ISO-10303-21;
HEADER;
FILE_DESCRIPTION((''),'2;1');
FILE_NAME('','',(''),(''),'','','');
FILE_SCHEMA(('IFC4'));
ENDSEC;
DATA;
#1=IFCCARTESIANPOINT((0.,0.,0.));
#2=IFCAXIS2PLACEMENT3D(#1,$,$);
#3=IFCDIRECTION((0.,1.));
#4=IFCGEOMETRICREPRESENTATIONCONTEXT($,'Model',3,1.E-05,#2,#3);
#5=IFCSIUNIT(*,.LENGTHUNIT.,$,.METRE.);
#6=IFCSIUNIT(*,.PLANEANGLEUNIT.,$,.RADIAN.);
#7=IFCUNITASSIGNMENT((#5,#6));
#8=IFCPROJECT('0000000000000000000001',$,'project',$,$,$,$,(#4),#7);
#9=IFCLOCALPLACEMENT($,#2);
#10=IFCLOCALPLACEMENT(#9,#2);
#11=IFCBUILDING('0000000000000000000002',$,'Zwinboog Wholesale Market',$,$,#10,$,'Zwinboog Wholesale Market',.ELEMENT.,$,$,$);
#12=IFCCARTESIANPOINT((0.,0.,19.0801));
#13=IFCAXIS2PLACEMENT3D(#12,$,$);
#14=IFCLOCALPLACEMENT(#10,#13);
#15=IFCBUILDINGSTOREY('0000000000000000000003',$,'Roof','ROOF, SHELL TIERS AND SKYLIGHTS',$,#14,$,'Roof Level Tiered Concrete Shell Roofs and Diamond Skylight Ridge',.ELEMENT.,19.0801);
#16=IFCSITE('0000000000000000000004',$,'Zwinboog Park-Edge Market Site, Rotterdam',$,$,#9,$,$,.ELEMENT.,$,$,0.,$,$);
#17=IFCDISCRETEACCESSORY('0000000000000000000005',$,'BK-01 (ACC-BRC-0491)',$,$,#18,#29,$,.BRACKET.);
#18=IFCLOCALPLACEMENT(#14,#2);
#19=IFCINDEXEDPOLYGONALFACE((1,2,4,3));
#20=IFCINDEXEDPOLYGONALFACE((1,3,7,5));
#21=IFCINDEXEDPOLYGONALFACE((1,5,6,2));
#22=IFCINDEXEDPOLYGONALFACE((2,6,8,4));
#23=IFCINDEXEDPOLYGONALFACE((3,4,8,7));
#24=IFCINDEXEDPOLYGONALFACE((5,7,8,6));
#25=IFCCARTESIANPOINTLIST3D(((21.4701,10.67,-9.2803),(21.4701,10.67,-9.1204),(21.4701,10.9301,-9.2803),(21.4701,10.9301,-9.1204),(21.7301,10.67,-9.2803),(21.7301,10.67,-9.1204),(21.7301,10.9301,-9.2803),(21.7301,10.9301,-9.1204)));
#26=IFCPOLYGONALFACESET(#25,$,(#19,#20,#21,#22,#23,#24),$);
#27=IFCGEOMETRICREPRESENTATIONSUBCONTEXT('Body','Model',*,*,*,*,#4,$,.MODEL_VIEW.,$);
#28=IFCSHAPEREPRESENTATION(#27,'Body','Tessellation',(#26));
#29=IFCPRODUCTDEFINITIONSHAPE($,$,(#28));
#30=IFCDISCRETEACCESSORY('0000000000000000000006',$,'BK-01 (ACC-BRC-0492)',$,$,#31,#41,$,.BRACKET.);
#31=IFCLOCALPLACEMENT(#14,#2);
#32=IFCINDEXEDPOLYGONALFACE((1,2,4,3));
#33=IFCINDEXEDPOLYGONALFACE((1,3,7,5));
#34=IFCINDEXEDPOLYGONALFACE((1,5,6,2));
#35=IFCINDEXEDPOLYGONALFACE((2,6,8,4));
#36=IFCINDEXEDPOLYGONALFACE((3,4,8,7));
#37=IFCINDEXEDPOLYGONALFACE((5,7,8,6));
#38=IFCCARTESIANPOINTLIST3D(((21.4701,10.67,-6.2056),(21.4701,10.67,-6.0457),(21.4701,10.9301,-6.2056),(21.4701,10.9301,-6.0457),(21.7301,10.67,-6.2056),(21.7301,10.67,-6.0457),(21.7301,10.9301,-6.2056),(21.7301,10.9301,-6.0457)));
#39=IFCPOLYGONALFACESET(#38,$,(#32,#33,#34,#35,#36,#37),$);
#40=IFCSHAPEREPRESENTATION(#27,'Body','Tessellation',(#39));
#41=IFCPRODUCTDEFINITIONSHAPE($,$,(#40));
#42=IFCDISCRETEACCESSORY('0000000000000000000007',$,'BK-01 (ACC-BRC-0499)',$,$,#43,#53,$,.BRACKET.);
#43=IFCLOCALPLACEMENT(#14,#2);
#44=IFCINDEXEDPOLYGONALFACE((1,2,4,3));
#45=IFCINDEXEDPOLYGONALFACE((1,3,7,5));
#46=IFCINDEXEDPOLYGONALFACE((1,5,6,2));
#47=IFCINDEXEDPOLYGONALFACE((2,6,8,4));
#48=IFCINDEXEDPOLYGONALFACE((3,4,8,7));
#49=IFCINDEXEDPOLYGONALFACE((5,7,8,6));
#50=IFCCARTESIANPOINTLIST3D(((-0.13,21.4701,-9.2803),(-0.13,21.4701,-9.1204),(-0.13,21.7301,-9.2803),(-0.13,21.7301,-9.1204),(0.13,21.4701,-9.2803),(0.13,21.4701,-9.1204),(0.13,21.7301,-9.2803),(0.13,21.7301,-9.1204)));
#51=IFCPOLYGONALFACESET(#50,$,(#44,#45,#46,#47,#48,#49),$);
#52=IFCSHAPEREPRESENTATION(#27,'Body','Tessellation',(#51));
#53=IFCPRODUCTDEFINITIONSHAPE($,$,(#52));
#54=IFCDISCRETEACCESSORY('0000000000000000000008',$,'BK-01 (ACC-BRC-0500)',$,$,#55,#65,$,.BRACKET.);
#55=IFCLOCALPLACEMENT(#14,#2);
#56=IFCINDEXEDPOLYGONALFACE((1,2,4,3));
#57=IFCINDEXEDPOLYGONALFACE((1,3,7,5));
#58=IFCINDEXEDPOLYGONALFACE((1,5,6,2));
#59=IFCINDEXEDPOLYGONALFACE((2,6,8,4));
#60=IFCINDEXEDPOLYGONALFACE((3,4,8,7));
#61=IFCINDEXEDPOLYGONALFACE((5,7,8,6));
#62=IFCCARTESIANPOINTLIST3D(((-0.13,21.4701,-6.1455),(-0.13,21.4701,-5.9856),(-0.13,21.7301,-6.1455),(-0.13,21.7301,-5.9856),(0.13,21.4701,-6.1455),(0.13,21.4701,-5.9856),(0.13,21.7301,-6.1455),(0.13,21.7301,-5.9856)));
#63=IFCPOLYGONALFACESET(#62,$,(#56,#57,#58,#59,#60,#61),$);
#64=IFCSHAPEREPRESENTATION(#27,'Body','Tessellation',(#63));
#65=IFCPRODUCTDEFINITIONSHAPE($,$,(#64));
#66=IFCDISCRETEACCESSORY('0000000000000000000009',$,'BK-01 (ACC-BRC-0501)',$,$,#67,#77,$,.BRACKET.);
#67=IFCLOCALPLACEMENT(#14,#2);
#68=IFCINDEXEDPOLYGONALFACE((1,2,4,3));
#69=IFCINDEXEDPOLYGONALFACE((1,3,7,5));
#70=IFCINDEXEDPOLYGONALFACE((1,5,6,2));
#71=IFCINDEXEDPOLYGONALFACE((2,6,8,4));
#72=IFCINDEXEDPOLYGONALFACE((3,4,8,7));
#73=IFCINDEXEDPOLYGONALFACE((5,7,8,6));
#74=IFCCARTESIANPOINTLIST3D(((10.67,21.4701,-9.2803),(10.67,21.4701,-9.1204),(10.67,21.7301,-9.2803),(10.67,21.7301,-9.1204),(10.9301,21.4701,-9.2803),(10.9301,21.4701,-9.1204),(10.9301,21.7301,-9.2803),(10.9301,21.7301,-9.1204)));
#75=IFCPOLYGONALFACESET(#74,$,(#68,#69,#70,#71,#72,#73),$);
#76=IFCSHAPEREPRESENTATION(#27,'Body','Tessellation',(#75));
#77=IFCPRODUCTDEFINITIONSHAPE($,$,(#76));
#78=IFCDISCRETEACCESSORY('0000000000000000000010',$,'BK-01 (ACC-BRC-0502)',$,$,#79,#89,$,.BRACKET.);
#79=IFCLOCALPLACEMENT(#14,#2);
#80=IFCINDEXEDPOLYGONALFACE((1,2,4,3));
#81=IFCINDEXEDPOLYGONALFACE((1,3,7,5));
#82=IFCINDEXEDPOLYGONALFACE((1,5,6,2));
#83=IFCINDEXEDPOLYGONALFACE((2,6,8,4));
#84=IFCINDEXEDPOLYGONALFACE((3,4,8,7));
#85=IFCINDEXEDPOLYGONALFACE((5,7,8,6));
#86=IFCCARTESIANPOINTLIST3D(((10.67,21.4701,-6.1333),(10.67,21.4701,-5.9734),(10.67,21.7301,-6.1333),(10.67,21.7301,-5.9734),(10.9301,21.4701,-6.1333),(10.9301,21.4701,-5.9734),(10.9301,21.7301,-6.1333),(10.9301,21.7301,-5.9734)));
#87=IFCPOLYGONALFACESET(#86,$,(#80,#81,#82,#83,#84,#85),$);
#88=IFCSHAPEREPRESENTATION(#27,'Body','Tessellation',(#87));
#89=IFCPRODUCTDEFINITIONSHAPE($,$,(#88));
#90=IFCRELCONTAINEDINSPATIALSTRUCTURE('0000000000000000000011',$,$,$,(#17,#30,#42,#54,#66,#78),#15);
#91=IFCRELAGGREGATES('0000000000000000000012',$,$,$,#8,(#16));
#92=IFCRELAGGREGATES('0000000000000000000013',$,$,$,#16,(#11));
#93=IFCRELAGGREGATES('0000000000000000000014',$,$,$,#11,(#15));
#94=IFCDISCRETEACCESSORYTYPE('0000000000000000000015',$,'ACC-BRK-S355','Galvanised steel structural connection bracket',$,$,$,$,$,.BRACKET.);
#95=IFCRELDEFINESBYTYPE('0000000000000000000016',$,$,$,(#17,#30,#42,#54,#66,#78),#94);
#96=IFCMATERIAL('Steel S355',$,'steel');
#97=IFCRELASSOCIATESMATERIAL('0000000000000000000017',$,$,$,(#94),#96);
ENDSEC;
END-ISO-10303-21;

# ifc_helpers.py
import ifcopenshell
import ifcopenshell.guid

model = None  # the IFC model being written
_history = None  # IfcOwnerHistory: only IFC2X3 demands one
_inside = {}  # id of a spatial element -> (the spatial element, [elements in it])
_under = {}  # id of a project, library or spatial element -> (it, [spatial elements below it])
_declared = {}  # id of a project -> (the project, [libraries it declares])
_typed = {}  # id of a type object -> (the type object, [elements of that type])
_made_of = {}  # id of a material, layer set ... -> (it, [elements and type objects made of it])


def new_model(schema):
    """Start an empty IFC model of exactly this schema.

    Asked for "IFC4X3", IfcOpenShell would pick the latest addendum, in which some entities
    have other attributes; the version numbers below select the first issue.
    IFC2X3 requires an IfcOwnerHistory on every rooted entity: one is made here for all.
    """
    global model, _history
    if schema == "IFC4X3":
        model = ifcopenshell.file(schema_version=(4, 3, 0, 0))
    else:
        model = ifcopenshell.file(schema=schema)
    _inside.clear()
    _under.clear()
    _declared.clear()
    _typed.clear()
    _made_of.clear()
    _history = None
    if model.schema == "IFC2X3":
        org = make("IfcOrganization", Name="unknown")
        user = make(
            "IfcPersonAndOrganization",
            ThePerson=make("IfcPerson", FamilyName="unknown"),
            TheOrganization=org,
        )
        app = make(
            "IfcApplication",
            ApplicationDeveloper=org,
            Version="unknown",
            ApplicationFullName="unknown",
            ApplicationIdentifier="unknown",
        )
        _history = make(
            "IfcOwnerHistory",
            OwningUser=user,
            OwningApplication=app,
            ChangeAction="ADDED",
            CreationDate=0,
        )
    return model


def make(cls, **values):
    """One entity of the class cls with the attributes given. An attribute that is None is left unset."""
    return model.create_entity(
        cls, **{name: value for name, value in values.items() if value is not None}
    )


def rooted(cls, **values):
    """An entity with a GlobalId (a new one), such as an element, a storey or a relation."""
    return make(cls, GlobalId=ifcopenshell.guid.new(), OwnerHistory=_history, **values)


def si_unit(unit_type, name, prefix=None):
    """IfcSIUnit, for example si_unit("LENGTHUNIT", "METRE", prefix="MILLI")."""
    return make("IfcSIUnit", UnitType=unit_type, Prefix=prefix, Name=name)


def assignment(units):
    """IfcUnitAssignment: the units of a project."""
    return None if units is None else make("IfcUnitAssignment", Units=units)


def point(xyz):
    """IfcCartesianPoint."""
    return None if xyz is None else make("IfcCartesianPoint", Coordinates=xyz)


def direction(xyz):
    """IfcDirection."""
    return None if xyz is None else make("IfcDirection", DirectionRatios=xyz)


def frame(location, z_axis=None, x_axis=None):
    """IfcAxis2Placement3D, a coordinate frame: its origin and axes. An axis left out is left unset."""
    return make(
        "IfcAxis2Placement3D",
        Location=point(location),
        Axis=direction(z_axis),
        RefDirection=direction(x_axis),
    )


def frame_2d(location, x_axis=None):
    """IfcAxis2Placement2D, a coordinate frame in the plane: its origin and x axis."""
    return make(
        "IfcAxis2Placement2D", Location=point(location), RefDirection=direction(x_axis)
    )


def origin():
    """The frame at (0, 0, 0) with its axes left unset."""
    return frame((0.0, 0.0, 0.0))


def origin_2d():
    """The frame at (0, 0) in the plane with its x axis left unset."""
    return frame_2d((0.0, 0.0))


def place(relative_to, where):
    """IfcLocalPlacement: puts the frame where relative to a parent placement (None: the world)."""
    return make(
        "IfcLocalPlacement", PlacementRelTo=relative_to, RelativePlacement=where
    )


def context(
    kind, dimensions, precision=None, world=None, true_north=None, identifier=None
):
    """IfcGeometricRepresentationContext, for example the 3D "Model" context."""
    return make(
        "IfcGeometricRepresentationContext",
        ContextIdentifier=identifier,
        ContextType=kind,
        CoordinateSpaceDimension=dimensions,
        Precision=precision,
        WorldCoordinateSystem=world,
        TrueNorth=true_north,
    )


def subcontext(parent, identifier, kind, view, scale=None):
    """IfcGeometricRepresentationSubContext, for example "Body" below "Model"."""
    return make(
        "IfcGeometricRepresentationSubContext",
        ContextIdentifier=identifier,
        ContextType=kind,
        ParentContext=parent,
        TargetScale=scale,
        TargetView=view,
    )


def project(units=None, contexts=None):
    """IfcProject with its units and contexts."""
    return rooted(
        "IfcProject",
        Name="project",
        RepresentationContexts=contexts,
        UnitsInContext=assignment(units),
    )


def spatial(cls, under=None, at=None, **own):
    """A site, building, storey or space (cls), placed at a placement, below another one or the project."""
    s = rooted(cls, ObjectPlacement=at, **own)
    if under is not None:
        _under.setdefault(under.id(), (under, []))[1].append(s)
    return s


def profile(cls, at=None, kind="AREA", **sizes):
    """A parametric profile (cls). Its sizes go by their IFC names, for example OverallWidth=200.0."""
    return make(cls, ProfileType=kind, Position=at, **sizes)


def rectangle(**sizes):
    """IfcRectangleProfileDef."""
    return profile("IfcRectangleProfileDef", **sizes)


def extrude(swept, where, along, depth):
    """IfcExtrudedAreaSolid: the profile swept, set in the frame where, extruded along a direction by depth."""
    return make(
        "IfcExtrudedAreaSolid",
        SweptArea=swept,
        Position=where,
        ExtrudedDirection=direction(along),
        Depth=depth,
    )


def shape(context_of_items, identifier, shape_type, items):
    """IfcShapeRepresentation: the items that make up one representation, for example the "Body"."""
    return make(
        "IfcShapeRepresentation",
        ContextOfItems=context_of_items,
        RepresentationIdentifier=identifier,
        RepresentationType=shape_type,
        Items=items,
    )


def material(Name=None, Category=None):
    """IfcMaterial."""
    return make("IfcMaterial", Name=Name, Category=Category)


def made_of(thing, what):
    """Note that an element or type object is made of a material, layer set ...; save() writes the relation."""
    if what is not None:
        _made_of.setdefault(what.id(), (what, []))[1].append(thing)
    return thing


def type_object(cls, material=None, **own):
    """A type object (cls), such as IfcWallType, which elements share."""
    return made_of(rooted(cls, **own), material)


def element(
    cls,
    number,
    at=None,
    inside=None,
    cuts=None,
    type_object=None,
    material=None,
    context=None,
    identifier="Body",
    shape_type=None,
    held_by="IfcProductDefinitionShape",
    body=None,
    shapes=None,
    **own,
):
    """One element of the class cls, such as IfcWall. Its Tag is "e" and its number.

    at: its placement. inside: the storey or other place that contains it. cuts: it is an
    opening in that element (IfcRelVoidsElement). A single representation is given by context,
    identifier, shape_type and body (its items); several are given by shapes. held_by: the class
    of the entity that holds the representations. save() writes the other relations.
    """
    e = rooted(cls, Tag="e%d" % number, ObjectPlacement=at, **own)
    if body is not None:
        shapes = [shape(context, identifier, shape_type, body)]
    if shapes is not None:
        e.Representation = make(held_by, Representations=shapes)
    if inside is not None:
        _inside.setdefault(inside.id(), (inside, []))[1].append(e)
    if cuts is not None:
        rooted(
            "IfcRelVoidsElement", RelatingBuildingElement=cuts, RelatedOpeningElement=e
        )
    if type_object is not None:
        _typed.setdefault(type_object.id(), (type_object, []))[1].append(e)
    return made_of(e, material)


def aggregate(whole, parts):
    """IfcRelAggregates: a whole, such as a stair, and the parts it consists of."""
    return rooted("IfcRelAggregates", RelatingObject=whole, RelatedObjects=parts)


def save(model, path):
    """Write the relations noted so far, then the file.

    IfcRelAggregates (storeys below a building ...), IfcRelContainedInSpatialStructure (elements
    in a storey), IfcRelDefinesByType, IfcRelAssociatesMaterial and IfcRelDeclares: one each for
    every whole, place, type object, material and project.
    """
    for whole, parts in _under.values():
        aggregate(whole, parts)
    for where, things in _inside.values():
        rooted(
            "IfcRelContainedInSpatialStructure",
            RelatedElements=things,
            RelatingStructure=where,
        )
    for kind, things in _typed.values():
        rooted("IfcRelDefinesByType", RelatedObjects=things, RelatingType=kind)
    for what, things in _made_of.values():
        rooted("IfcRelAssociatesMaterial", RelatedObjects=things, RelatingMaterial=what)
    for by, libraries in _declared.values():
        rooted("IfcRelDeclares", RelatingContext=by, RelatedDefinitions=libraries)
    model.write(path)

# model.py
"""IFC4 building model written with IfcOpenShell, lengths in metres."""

from ifc_helpers import new_model, si_unit, direction, frame, origin, origin_2d, place, context, subcontext, project, spatial, rectangle, extrude, material, type_object, element, save


model = new_model("IFC4")

# Units and contexts
model_context = context("Model", 3, precision=1e-05, world=origin(), true_north=direction((0.0, 1.0)))
body_context = subcontext(model_context, "Body", "Model", "MODEL_VIEW")
ifc_project = project(units=[si_unit("LENGTHUNIT", "METRE"), si_unit("PLANEANGLEUNIT", "RADIAN")], contexts=[model_context])

# Site, building, storey
site_placement = place(None, origin())
site = spatial("IfcSite", under=ifc_project, at=site_placement, Name="Zwinboog Park-Edge Market Site, Rotterdam", CompositionType="ELEMENT", RefElevation=0.0)
building_placement = place(site_placement, origin())
building = spatial("IfcBuilding", under=site, at=building_placement, Name="Zwinboog Wholesale Market", LongName="Zwinboog Wholesale Market", CompositionType="ELEMENT")
storey_placement = place(building_placement, frame((0.0, 0.0, 19.0801)))
storey = spatial("IfcBuildingStorey", under=building, at=storey_placement, Name="Roof", Description="ROOF, SHELL TIERS AND SKYLIGHTS", LongName="Roof Level Tiered Concrete Shell Roofs and Diamond Skylight Ridge", CompositionType="ELEMENT", Elevation=19.0801)

# Shared definitions
ifc_material_1 = material(Name="Steel S355", Category="steel")

# Discrete accessories
discrete_accessory_type = type_object("IfcDiscreteAccessoryType", Name="ACC-BRK-S355", Description="Galvanised steel structural connection bracket", PredefinedType="BRACKET", material=ifc_material_1)
for number, where, z_axis, x_axis, name in (
    (1, (21.6001, 10.8, -9.2803), (0.0, 0.0, 1.0), (1.0, 0.0, 0.0), "BK-01 (ACC-BRC-0491)"),
    (2, (21.6001, 10.8, -6.2056), (0.0, 0.0, 1.0), (1.0, 0.0, 0.0), "BK-01 (ACC-BRC-0492)"),
    (3, (0.0, 21.6001, -9.2803), (0.0, 0.0, 1.0), (1.0, 0.0, 0.0), "BK-01 (ACC-BRC-0499)"),
    (4, (0.0, 21.6001, -6.1455), (0.0, 0.0, 1.0), (1.0, 0.0, 0.0), "BK-01 (ACC-BRC-0500)"),
    (5, (10.8, 21.6001, -9.2803), (0.0, 0.0, 1.0), (1.0, 0.0, 0.0), "BK-01 (ACC-BRC-0501)"),
    (6, (10.8, 21.6001, -6.1333), (0.0, 0.0, 1.0), (1.0, 0.0, 0.0), "BK-01 (ACC-BRC-0502)"),
):
    element("IfcDiscreteAccessory", number, at=place(storey_placement, frame(where, z_axis=z_axis, x_axis=x_axis)), inside=storey, type_object=discrete_accessory_type, Name=name, PredefinedType="BRACKET", context=body_context, shape_type="SweptSolid", body=[
        extrude(rectangle(XDim=0.26, YDim=0.26, at=origin_2d()), origin(), (0.0, 0.0, 1.0), 0.1599),
    ])

save(model, "model.ifc")
